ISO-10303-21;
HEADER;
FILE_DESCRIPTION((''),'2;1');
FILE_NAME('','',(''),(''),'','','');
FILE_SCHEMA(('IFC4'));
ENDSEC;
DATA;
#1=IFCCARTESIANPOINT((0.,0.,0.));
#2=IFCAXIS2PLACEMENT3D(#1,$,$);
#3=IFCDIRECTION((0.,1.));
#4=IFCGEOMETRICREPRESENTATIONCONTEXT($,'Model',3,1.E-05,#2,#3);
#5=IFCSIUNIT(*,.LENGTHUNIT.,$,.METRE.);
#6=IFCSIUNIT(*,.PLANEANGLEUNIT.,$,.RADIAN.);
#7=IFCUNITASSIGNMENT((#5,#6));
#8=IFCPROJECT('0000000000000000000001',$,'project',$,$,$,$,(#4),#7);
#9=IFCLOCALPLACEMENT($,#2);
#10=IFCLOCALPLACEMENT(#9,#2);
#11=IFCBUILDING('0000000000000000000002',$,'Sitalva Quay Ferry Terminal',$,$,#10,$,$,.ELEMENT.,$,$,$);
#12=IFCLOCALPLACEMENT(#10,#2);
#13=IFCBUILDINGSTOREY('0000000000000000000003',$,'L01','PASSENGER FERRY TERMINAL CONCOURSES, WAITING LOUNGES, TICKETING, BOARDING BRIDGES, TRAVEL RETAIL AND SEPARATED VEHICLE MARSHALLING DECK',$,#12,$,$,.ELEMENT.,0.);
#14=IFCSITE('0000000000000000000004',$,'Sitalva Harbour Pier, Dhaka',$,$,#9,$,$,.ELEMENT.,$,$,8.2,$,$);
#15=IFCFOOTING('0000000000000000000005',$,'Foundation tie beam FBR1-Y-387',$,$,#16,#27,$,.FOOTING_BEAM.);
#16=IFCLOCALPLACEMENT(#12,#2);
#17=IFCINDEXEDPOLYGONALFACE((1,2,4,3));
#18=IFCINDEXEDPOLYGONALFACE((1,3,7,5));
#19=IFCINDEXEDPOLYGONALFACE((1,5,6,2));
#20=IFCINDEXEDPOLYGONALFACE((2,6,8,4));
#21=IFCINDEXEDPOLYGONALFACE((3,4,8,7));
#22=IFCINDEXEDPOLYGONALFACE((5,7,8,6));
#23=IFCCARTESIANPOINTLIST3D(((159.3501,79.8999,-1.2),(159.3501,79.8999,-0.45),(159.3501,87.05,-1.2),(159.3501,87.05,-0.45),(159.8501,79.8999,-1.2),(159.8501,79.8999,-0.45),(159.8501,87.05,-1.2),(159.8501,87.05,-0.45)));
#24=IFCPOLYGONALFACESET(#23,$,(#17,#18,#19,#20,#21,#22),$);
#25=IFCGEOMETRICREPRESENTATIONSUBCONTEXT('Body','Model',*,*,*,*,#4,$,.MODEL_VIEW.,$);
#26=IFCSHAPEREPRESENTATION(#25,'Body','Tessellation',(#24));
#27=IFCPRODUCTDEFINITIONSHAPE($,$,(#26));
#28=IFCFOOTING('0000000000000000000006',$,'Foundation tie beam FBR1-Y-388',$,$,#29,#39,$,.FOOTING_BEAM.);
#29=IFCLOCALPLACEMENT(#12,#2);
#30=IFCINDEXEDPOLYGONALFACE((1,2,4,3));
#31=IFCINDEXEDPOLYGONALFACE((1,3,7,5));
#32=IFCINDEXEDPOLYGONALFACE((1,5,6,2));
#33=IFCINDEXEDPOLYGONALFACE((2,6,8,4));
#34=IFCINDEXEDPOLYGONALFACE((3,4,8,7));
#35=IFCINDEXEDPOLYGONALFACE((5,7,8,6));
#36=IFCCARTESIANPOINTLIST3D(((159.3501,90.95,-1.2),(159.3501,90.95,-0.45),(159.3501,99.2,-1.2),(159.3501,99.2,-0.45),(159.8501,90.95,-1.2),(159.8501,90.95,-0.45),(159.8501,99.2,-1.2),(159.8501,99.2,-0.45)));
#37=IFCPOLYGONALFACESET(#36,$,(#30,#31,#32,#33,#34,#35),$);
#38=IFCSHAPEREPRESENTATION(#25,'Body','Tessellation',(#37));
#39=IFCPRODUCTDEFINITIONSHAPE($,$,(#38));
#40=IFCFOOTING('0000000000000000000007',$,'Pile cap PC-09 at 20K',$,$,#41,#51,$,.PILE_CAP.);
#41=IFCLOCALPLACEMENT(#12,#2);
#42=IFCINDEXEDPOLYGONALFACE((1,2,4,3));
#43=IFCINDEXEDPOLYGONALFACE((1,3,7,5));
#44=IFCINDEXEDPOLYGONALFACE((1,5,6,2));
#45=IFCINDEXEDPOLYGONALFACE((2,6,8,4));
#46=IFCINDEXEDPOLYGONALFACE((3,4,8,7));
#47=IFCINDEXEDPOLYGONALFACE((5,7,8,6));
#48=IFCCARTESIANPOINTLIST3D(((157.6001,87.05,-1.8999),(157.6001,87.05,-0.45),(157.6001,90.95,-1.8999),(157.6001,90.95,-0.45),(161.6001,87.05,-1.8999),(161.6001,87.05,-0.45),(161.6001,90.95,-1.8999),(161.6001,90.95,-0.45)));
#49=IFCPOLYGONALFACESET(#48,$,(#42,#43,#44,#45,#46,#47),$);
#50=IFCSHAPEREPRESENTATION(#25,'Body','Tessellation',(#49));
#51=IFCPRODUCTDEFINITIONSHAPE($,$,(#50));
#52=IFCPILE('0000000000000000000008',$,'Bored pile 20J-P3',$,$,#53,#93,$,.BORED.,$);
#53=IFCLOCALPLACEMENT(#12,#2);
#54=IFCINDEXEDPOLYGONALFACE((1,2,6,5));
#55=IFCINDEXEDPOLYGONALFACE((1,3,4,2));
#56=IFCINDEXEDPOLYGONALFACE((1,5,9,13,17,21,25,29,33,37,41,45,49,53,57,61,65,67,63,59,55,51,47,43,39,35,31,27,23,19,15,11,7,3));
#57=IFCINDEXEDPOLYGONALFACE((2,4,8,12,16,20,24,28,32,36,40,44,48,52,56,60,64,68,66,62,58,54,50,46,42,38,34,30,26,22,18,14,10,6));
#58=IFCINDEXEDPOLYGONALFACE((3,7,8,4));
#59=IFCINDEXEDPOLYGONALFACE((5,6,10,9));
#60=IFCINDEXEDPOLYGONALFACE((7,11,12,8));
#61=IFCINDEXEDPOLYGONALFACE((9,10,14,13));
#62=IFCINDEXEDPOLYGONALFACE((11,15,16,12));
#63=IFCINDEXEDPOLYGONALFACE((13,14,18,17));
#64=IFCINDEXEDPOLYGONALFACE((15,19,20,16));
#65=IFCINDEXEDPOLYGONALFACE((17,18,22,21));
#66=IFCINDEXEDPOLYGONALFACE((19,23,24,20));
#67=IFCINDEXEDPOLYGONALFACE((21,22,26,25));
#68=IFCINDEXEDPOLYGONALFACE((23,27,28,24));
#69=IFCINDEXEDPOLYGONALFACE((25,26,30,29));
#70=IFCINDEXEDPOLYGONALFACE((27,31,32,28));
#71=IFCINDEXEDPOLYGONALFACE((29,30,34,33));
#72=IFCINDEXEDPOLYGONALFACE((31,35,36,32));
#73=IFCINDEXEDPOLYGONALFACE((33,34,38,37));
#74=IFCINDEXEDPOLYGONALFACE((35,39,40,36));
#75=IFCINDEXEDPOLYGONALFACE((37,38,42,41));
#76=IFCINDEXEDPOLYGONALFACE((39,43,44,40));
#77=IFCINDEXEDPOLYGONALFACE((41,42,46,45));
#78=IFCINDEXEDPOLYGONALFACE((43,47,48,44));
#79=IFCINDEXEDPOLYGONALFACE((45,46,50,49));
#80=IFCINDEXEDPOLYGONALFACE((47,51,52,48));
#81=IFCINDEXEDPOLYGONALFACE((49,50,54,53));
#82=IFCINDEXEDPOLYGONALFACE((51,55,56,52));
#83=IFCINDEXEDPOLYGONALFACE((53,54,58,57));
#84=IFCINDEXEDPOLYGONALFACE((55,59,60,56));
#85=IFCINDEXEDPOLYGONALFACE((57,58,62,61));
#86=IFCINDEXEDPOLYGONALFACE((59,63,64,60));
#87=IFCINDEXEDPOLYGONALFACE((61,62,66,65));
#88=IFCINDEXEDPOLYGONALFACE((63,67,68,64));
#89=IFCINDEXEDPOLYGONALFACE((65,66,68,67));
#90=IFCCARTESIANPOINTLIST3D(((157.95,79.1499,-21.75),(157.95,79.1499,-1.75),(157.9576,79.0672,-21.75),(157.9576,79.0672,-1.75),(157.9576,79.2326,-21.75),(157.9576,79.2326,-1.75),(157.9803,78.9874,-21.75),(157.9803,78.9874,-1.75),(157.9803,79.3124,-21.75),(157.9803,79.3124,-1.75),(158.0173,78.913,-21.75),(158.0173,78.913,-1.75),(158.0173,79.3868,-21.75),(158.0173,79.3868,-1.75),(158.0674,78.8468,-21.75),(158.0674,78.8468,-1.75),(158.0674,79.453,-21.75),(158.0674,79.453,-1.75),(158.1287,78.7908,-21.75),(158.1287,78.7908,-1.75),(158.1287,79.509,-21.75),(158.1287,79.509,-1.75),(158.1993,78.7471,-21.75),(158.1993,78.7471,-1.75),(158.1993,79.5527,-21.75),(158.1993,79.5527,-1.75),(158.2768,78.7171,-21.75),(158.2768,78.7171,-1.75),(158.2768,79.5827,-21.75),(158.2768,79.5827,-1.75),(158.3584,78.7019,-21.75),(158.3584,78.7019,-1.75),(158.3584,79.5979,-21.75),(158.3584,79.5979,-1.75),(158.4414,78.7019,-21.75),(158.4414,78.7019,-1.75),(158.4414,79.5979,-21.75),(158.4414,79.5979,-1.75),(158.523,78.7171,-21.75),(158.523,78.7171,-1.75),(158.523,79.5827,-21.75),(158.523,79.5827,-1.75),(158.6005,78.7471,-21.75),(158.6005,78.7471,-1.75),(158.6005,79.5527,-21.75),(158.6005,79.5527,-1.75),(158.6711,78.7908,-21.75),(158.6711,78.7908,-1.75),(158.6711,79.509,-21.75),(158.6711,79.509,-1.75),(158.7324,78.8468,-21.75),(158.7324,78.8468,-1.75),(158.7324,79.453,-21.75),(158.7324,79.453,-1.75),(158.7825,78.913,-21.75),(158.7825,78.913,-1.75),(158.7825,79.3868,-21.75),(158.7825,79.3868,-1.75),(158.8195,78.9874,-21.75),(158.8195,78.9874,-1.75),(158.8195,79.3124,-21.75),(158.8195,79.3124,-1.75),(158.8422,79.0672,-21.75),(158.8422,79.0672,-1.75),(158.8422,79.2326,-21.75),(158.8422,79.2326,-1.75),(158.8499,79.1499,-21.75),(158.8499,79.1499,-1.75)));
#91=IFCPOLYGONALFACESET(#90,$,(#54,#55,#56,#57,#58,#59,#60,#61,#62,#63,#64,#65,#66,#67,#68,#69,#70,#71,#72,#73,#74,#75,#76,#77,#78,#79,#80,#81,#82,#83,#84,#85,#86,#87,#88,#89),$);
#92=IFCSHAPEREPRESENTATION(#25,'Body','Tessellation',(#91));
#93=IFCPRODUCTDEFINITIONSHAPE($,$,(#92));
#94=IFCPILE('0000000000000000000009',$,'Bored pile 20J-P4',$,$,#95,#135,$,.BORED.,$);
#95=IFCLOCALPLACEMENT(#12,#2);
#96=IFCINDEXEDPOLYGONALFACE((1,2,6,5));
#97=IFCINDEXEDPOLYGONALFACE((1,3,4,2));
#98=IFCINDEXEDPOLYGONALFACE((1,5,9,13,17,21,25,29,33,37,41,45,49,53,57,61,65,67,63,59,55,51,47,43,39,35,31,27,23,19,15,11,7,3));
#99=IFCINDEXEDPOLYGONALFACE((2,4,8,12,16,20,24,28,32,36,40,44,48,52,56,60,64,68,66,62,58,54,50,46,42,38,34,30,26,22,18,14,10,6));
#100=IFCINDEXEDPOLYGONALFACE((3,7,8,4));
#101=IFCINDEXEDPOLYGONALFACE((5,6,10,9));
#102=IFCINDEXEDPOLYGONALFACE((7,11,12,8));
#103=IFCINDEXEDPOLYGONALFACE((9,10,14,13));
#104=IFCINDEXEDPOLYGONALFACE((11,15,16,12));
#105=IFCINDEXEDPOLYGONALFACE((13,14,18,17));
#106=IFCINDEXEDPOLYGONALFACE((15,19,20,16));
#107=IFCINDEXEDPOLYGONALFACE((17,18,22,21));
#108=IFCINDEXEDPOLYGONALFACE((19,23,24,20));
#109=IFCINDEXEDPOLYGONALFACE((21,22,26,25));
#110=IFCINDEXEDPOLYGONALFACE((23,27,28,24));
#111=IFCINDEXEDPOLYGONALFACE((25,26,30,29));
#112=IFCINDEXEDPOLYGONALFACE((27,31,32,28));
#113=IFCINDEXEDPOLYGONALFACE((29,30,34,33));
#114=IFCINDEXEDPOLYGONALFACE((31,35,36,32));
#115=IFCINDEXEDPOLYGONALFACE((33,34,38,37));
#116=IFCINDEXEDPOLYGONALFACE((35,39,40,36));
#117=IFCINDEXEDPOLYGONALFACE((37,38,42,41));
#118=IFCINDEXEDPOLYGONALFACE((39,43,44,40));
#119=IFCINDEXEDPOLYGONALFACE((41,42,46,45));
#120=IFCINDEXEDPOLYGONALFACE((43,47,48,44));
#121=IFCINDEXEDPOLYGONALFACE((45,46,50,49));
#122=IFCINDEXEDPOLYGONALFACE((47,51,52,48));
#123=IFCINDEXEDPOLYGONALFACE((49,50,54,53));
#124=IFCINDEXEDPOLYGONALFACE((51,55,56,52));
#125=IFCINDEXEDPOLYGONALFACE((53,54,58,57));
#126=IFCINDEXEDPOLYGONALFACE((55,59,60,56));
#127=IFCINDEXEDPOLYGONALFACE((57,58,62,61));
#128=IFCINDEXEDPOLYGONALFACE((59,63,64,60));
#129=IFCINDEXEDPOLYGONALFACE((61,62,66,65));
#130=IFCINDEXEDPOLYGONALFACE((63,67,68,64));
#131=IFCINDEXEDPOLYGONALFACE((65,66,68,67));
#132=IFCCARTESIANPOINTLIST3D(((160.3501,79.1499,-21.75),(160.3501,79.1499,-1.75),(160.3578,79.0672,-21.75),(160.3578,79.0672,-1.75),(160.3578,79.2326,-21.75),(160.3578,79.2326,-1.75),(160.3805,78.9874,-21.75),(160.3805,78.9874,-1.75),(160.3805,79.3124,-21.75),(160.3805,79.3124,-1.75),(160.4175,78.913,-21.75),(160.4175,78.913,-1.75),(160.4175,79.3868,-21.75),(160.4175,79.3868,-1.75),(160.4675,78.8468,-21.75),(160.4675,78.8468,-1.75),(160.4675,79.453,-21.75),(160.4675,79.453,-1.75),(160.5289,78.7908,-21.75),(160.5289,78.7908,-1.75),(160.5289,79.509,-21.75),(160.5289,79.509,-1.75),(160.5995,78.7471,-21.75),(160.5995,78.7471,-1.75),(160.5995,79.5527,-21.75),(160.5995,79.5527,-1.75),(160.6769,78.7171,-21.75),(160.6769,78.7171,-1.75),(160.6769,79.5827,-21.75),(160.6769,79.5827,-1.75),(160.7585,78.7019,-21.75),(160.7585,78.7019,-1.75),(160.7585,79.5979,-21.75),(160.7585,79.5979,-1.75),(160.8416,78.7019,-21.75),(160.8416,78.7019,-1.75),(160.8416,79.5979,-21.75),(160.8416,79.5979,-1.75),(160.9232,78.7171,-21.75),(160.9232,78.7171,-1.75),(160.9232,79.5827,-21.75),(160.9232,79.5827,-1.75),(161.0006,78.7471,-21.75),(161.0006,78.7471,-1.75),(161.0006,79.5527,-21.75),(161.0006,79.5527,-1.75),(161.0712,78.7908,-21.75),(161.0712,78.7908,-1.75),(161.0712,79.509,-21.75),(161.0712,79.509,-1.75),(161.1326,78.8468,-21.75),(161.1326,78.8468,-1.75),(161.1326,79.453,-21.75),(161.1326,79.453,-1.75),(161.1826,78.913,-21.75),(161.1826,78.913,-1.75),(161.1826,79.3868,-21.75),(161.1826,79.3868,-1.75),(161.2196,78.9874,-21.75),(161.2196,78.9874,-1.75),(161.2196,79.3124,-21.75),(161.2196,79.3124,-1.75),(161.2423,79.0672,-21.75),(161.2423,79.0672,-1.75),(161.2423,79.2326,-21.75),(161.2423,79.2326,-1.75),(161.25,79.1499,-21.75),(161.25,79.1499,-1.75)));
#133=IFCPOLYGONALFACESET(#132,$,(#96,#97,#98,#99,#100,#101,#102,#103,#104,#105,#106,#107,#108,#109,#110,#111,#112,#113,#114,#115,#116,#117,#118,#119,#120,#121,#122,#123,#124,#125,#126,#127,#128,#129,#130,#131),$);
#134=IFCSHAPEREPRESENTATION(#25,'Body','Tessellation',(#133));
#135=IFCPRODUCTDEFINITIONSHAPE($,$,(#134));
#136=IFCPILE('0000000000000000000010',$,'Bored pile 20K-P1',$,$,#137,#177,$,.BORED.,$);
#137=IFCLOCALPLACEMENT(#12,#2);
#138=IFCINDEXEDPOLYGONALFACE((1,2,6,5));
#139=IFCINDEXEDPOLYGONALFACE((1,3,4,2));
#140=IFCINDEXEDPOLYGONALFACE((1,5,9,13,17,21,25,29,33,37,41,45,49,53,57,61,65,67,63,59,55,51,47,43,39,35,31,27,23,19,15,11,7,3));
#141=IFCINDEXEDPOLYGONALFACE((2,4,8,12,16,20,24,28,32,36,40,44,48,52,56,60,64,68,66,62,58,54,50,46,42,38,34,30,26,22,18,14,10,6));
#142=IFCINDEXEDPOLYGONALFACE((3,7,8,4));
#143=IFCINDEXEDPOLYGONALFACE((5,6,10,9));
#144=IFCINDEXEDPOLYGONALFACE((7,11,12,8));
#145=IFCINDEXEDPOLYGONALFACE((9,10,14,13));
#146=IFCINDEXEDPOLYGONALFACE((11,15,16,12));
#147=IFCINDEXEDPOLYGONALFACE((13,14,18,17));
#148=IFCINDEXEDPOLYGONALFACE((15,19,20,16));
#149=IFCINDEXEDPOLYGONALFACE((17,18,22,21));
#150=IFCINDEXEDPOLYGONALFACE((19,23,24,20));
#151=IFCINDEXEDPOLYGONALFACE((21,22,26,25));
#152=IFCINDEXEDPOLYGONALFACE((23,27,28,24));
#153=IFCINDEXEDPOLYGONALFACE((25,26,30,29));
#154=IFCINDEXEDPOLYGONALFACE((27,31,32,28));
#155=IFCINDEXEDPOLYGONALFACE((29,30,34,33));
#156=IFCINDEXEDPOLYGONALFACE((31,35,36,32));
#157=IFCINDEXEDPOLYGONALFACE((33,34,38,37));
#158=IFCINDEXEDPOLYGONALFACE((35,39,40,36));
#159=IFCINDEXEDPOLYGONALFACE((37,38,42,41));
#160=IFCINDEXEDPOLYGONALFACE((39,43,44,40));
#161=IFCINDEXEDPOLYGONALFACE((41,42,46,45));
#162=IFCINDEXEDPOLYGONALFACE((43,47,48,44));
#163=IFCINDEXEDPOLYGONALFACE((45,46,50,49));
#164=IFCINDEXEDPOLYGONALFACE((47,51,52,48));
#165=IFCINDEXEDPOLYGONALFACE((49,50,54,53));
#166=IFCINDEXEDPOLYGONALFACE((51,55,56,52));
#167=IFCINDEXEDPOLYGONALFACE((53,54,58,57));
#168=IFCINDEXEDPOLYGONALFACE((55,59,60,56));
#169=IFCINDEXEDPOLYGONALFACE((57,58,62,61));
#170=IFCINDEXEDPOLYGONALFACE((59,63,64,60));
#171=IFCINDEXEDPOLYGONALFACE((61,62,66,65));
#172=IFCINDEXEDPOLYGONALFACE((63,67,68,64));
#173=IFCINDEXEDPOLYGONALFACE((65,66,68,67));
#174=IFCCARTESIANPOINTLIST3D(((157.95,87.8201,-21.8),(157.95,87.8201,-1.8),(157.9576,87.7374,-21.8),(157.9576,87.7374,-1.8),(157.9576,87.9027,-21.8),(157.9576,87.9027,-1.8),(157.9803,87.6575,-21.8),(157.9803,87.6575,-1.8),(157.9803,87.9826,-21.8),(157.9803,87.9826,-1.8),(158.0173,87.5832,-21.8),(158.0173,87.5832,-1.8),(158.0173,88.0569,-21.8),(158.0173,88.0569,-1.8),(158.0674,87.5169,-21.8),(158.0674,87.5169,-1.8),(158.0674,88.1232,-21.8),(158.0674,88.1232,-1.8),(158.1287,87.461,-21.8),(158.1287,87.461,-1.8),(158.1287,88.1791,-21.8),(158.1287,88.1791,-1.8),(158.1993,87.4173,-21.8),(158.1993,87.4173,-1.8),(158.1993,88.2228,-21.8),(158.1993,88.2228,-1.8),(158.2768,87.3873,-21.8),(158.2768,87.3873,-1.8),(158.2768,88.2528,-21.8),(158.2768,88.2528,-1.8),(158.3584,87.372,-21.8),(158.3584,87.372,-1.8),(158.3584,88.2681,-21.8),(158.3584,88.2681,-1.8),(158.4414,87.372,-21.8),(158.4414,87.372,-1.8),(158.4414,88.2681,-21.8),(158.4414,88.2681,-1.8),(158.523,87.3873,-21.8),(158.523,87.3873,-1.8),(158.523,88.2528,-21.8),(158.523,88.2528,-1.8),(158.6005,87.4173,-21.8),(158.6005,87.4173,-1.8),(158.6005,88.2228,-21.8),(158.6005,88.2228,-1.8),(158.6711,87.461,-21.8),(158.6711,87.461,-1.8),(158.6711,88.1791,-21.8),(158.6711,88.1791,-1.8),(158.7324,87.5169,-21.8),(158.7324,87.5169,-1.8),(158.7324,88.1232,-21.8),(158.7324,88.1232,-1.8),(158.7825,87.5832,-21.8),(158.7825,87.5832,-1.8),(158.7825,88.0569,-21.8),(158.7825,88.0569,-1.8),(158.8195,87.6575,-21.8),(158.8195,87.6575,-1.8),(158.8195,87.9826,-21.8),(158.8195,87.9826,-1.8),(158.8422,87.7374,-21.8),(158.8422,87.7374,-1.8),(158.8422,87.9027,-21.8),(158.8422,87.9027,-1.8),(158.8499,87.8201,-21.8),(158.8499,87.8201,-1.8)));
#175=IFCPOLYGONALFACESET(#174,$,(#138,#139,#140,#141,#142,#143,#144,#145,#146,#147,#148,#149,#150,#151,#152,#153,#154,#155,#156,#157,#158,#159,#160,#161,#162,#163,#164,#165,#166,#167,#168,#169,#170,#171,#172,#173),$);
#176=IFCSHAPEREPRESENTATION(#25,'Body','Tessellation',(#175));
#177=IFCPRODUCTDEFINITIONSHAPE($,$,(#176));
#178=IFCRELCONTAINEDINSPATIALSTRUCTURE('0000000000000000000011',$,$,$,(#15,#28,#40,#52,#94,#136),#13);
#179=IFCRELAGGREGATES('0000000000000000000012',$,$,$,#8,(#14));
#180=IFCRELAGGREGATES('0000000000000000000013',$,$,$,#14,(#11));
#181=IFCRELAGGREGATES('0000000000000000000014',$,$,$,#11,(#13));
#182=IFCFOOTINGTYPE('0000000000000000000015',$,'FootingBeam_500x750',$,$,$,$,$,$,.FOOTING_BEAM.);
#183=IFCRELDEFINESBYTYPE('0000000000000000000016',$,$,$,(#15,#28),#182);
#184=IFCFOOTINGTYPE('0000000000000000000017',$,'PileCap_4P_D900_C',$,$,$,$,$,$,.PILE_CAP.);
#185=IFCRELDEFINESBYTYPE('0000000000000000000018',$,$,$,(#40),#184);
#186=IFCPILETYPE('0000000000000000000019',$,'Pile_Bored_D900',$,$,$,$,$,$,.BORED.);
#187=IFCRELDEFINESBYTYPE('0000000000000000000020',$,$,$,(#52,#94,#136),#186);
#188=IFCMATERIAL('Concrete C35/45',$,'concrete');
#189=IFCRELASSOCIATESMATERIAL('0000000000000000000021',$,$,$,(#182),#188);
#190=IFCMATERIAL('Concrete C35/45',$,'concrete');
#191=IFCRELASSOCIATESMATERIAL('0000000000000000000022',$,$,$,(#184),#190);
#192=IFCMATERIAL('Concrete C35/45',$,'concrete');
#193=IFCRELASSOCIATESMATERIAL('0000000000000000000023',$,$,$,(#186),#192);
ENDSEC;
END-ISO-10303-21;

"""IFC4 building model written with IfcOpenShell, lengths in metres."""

from ifc_helpers import new_model, si_unit, direction, frame, origin, origin_2d, place, context, subcontext, project, spatial, rectangle, circle, extrude, material, material_profile, profile_set, type_object, element, save


model = new_model("IFC4")

# Units and contexts
model_context = context("Model", 3, precision=1e-05, world=origin(), true_north=direction((0.0, 1.0)))
body_context = subcontext(model_context, "Body", "Model", "MODEL_VIEW")
ifc_project = project(units=[si_unit("LENGTHUNIT", "METRE"), si_unit("PLANEANGLEUNIT", "RADIAN")], contexts=[model_context])

# Site, building, storey
site_placement = place(None, origin())
site = spatial("IfcSite", under=ifc_project, at=site_placement, Name="Sitalva Harbour Pier, Dhaka", CompositionType="ELEMENT", RefElevation=8.2)
building_placement = place(site_placement, origin())
building = spatial("IfcBuilding", under=site, at=building_placement, Name="Sitalva Quay Ferry Terminal", CompositionType="ELEMENT")
storey_placement = place(building_placement, origin())
storey = spatial("IfcBuildingStorey", under=building, at=storey_placement, Name="L01", Description="PASSENGER FERRY TERMINAL CONCOURSES, WAITING LOUNGES, TICKETING, BOARDING BRIDGES, TRAVEL RETAIL AND SEPARATED VEHICLE MARSHALLING DECK", CompositionType="ELEMENT", Elevation=0.0)

# Footings
ifc_material_1 = material(Name="Concrete C35/45", Category="concrete")
ifc_material_profile_1 = material_profile(ifc_material_1, rectangle(XDim=0.5, YDim=0.75, at=origin_2d()), Name="RC500x750")
ifc_profile_set_1 = profile_set([ifc_material_profile_1], Name="Concrete C35/45")
footing_type_1 = type_object("IfcFootingType", Name="FootingBeam_500x750", PredefinedType="FOOTING_BEAM", material=ifc_profile_set_1)
footing_1_placement = place(storey_placement, frame((159.6001, 79.8999, -0.825), z_axis=(0.0, 1.0, 0.0), x_axis=(-1.0, 0.0, 0.0)))
element("IfcFooting", 1, at=footing_1_placement, inside=storey, type_object=footing_type_1, Name="Foundation tie beam FBR1-Y-387", PredefinedType="FOOTING_BEAM", context=body_context, shape_type="SweptSolid", body=[
    extrude(rectangle(XDim=0.5, YDim=0.75, at=origin_2d()), origin(), (0.0, 0.0, 1.0), 7.1501),
])
footing_2_placement = place(storey_placement, frame((159.6001, 90.95, -0.825), z_axis=(0.0, 1.0, 0.0), x_axis=(-1.0, 0.0, 0.0)))
element("IfcFooting", 2, at=footing_2_placement, inside=storey, type_object=footing_type_1, Name="Foundation tie beam FBR1-Y-388", PredefinedType="FOOTING_BEAM", context=body_context, shape_type="SweptSolid", body=[
    extrude(rectangle(XDim=0.5, YDim=0.75, at=origin_2d()), origin(), (0.0, 0.0, 1.0), 8.25),
])
ifc_material_2 = material(Name="Concrete C35/45", Category="concrete")
footing_type_2 = type_object("IfcFootingType", Name="PileCap_4P_D900_C", PredefinedType="PILE_CAP", material=ifc_material_2)
footing_3_placement = place(storey_placement, frame((159.6001, 89.0, -1.8999), z_axis=(0.0, 0.0, 1.0), x_axis=(1.0, 0.0, 0.0)))
element("IfcFooting", 3, at=footing_3_placement, inside=storey, type_object=footing_type_2, Name="Pile cap PC-09 at 20K", PredefinedType="PILE_CAP", context=body_context, shape_type="SweptSolid", body=[
    extrude(rectangle(XDim=4.0, YDim=3.8999, at=origin_2d()), origin(), (0.0, 0.0, 1.0), 1.45),
])

# Piles
ifc_material_3 = material(Name="Concrete C35/45", Category="concrete")
ifc_material_profile_2 = material_profile(ifc_material_3, circle(Radius=0.45, at=origin_2d()), Name="PILE-D900")
ifc_profile_set_2 = profile_set([ifc_material_profile_2], Name="Concrete C35/45")
pile_type = type_object("IfcPileType", Name="Pile_Bored_D900", PredefinedType="BORED", material=ifc_profile_set_2)
for number, where, z_axis, x_axis, name in (
    (4, (158.3999, 79.1499, -1.75), (0.0, 0.0, -1.0), (1.0, 0.0, 0.0), "Bored pile 20J-P3"),
    (5, (160.8, 79.1499, -1.75), (0.0, 0.0, -1.0), (1.0, 0.0, 0.0), "Bored pile 20J-P4"),
    (6, (158.3999, 87.8201, -1.8), (0.0, 0.0, -1.0), (1.0, 0.0, 0.0), "Bored pile 20K-P1"),
):
    element("IfcPile", number, at=place(storey_placement, frame(where, z_axis=z_axis, x_axis=x_axis)), inside=storey, type_object=pile_type, Name=name, PredefinedType="BORED", context=body_context, shape_type="SweptSolid", body=[
        extrude(circle(Radius=0.45, at=origin_2d()), origin(), (0.0, 0.0, 1.0), 20.0),
    ])

save(model, "model.ifc")
